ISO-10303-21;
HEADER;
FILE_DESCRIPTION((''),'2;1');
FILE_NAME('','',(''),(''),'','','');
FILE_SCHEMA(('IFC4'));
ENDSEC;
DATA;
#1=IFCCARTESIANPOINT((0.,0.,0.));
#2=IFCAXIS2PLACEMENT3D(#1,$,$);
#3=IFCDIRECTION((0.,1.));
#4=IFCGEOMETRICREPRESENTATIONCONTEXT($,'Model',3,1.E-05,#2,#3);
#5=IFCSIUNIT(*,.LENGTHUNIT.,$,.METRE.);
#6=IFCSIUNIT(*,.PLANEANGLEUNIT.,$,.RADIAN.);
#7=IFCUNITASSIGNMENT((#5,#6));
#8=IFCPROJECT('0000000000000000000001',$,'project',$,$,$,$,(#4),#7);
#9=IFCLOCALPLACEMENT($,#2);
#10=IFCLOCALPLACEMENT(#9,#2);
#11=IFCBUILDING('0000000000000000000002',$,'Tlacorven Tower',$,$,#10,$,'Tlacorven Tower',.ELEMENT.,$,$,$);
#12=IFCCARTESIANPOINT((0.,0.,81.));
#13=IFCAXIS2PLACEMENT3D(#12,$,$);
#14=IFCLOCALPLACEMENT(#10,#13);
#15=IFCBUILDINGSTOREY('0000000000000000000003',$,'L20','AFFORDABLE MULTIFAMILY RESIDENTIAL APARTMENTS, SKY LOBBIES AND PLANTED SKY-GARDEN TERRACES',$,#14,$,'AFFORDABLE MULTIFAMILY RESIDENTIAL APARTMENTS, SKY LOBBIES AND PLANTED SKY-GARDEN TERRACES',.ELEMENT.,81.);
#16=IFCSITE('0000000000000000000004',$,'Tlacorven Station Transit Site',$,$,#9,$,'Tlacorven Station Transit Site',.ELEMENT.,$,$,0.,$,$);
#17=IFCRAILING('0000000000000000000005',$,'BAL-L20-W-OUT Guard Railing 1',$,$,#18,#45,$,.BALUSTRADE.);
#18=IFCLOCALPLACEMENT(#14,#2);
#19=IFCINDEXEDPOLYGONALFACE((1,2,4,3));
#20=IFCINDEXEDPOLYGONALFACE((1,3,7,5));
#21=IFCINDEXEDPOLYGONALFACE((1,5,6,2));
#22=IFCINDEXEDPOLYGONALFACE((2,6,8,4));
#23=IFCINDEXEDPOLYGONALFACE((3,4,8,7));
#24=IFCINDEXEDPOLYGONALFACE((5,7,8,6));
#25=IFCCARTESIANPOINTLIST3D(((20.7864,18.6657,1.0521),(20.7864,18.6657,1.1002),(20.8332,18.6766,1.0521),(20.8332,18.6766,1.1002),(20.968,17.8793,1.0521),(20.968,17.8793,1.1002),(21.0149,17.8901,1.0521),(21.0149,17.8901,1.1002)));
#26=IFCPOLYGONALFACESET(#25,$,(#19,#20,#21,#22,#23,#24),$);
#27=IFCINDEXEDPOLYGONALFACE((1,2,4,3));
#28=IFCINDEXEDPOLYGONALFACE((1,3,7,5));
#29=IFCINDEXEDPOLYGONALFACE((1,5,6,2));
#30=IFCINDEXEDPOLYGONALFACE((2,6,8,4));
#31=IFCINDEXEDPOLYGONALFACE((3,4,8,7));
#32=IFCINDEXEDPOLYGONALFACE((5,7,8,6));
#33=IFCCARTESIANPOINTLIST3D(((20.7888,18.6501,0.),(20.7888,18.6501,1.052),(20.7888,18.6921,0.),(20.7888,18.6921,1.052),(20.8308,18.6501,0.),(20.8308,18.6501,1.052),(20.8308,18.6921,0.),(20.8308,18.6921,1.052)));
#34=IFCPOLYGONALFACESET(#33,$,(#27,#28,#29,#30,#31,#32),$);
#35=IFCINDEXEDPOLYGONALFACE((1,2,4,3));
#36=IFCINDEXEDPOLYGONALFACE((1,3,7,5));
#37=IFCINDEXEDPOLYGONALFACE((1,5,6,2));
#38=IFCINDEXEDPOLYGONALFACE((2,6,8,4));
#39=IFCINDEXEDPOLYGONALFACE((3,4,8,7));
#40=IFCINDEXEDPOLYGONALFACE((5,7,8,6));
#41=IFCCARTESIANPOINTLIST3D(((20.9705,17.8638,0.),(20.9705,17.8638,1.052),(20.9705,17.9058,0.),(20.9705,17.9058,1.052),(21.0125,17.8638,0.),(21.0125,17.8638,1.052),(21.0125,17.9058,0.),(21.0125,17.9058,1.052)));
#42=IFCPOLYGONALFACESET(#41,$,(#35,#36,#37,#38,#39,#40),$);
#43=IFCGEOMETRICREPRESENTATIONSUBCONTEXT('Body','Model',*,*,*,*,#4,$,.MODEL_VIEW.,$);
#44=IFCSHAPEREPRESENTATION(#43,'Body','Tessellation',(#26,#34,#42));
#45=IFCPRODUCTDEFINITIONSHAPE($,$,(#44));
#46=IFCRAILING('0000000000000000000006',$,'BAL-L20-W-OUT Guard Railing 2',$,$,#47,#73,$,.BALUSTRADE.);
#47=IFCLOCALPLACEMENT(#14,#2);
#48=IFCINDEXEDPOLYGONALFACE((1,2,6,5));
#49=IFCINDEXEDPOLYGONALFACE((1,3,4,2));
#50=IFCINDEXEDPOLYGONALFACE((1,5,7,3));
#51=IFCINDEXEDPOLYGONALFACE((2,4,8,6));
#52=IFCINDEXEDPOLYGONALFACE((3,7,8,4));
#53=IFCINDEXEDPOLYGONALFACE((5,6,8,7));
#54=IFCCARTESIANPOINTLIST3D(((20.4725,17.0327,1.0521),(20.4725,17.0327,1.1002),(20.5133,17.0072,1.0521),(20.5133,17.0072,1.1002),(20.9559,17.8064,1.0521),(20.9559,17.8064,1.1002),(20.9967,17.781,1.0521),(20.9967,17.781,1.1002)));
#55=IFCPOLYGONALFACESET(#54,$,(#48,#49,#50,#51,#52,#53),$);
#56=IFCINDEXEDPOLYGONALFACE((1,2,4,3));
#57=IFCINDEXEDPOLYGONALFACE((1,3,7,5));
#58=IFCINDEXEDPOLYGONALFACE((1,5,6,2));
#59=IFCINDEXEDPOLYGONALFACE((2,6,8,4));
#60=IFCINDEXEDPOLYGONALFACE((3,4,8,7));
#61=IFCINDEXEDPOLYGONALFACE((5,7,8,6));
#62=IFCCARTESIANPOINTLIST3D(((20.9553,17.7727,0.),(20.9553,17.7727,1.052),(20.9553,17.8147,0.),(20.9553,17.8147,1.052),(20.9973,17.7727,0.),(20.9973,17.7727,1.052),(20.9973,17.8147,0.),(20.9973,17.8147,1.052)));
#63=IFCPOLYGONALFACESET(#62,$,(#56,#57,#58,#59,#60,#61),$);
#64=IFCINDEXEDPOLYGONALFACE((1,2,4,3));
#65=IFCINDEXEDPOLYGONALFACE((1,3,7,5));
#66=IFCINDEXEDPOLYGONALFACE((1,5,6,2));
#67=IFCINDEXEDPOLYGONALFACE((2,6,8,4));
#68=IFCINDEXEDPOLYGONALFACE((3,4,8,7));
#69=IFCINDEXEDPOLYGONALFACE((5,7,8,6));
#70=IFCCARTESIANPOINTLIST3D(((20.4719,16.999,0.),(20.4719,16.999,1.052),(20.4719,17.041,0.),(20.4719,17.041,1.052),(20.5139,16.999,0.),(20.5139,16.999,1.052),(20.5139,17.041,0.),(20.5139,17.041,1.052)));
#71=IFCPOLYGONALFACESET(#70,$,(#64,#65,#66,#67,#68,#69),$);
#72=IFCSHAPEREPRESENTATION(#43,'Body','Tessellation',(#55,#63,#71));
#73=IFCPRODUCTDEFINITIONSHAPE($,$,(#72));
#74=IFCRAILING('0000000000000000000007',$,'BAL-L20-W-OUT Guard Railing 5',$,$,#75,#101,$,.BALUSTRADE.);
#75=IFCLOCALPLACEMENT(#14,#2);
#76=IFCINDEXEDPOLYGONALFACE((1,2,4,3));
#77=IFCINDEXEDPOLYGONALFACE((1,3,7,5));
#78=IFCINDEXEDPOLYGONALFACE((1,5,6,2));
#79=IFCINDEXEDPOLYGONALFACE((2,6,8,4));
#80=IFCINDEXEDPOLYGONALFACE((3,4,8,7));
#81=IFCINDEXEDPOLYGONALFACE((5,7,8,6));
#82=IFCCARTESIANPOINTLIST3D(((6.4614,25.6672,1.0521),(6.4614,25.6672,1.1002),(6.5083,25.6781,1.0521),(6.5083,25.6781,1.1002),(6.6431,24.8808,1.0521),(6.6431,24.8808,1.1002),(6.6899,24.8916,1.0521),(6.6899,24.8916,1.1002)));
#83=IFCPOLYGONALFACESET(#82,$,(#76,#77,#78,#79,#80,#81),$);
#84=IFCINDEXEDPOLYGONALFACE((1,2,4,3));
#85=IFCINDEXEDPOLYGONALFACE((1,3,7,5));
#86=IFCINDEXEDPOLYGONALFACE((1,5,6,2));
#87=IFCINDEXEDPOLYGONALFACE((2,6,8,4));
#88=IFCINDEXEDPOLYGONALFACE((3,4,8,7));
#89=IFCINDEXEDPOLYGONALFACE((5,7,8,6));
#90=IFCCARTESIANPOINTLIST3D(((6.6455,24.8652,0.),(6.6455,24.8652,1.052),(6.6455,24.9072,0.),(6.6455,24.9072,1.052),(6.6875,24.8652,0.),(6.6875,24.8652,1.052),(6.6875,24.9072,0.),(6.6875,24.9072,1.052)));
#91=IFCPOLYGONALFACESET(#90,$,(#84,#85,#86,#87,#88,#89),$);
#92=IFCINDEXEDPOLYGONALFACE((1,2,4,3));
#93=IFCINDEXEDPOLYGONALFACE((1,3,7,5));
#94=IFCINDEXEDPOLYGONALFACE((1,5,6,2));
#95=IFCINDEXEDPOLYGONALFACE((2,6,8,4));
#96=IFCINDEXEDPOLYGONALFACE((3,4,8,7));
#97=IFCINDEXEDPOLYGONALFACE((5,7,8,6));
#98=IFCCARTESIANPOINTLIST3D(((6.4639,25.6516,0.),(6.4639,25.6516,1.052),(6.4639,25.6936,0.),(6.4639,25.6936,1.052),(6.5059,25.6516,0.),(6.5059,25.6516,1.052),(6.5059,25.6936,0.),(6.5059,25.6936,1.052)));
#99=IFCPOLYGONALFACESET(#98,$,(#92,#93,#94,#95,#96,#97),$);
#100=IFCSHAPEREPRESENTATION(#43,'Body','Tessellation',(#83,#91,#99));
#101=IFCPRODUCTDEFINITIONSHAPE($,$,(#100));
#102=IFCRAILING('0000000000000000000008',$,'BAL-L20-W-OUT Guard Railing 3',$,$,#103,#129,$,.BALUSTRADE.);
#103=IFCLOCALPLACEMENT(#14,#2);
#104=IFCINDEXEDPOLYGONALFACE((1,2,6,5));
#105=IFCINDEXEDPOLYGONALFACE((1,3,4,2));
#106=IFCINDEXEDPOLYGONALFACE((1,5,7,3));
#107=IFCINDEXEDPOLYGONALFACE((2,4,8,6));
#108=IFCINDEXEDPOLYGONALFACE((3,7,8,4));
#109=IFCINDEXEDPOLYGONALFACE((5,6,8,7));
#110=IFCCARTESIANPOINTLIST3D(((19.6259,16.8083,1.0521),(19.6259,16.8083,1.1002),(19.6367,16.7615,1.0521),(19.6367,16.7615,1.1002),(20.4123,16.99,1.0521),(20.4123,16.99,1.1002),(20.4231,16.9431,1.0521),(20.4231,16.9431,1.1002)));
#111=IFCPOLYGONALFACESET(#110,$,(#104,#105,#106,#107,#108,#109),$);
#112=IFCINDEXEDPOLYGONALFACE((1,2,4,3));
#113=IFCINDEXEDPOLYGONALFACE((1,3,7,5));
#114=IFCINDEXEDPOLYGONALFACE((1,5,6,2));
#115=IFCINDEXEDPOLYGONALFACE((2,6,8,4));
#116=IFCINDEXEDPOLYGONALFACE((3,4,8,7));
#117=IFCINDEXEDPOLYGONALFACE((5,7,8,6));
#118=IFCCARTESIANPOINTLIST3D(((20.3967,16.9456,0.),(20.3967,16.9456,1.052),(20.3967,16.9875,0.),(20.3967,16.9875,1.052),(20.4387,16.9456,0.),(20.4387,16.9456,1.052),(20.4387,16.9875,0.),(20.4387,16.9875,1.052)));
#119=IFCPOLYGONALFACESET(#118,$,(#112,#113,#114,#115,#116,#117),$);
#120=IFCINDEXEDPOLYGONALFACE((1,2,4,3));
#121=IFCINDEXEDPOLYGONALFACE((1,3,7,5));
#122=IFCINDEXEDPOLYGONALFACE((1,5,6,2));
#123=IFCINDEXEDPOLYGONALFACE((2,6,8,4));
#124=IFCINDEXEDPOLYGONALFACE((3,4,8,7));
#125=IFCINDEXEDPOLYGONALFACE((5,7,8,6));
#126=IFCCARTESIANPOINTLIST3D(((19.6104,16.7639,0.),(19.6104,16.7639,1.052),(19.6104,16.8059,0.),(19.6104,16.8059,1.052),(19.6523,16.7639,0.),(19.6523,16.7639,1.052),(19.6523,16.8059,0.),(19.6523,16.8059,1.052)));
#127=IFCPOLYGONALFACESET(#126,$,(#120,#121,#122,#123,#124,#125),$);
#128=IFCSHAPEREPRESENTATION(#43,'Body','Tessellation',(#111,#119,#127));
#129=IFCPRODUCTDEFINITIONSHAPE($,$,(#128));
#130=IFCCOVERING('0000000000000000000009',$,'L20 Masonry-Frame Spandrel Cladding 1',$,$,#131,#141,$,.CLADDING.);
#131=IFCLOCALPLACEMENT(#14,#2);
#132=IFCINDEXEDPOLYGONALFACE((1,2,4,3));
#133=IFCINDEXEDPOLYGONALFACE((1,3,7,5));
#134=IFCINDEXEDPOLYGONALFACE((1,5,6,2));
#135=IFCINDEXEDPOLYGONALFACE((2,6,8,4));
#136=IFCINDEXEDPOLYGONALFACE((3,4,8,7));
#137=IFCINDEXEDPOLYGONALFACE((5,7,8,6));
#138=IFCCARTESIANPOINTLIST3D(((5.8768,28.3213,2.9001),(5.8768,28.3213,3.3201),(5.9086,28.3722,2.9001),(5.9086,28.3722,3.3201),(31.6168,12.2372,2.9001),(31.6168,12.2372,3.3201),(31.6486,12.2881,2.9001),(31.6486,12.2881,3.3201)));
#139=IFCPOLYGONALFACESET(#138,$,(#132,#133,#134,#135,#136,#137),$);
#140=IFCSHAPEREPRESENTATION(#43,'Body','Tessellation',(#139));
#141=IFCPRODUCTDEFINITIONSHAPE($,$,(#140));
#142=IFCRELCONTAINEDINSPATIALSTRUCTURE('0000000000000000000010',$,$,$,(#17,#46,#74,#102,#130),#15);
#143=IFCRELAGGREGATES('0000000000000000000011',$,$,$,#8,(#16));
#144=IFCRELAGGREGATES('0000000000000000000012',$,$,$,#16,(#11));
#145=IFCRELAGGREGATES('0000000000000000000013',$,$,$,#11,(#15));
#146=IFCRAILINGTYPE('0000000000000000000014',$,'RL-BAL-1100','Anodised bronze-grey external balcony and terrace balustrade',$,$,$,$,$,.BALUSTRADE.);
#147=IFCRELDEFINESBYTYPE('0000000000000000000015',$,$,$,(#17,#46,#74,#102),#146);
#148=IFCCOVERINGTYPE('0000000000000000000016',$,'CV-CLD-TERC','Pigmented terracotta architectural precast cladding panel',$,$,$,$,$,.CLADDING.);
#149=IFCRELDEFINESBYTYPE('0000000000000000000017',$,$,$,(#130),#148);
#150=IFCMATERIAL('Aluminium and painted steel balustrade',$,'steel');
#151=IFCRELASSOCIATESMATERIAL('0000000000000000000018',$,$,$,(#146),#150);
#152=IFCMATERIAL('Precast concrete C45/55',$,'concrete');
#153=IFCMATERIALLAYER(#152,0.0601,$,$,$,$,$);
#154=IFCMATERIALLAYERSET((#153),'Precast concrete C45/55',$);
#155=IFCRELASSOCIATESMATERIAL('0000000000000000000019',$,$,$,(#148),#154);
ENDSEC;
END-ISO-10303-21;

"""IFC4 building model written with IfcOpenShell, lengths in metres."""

from ifc_helpers import new_model, si_unit, direction, frame, origin, origin_2d, place, context, subcontext, project, spatial, rectangle, extrude, source, transform, mapped, material, layer, layer_set, type_object, element, save


model = new_model("IFC4")

# Units and contexts
model_context = context("Model", 3, precision=1e-05, world=origin(), true_north=direction((0.0, 1.0)))
body_context = subcontext(model_context, "Body", "Model", "MODEL_VIEW")
ifc_project = project(units=[si_unit("LENGTHUNIT", "METRE"), si_unit("PLANEANGLEUNIT", "RADIAN")], contexts=[model_context])

# Site, building, storey
site_placement = place(None, origin())
site = spatial("IfcSite", under=ifc_project, at=site_placement, Name="Tlacorven Station Transit Site", LongName="Tlacorven Station Transit Site", CompositionType="ELEMENT", RefElevation=0.0)
building_placement = place(site_placement, origin())
building = spatial("IfcBuilding", under=site, at=building_placement, Name="Tlacorven Tower", LongName="Tlacorven Tower", CompositionType="ELEMENT")
storey_placement = place(building_placement, frame((0.0, 0.0, 81.0)))
storey = spatial("IfcBuildingStorey", under=building, at=storey_placement, Name="L20", Description="AFFORDABLE MULTIFAMILY RESIDENTIAL APARTMENTS, SKY LOBBIES AND PLANTED SKY-GARDEN TERRACES", LongName="AFFORDABLE MULTIFAMILY RESIDENTIAL APARTMENTS, SKY LOBBIES AND PLANTED SKY-GARDEN TERRACES", CompositionType="ELEMENT", Elevation=81.0)

# Shared definitions
ifc_material_1 = material(Name="Precast concrete C45/55", Category="concrete")

# Railings
ifc_material_2 = material(Name="Aluminium and painted steel balustrade", Category="steel")
railing_type_1 = type_object("IfcRailingType", Name="RL-BAL-1100", Description="Anodised bronze-grey external balcony and terrace balustrade", PredefinedType="BALUSTRADE", material=ifc_material_2)
shared_shape_1 = source(origin(), body_context, "Body", "SweptSolid", [
    extrude(rectangle(XDim=0.0481, YDim=0.0481, at=origin_2d()), frame((0.0, 0.0, 1.0762), z_axis=(0.225058, -0.974345, 0.0), x_axis=(0.974345, 0.225058, 0.0)), (0.0, 0.0, 1.0), 0.8071),
    extrude(rectangle(XDim=0.042, YDim=0.042, at=origin_2d()), origin(), (0.0, 0.0, 1.0), 1.052),
    extrude(rectangle(XDim=0.042, YDim=0.042, at=origin_2d()), frame((0.1816, -0.7864, 0.0)), (0.0, 0.0, 1.0), 1.052),
])
railing_1_placement = place(storey_placement, frame((20.8098, 18.6711, 0.0)))
element("IfcRailing", 1, at=railing_1_placement, inside=storey, type_object=railing_type_1, Name="BAL-L20-W-OUT Guard Railing 1", PredefinedType="BALUSTRADE", context=body_context, shape_type="MappedRepresentation", body=[
    mapped(shared_shape_1, transform((0.0, 0.0, 0.0), scale=1.0)),
])
shared_shape_2 = source(origin(), body_context, "Body", "SweptSolid", [
    extrude(rectangle(XDim=0.0481, YDim=0.0481, at=origin_2d()), frame((0.0, 0.0, 1.0762), z_axis=(-0.529879, -0.848073, 0.0), x_axis=(0.848073, -0.529879, 0.0)), (0.0, 0.0, 1.0), 0.9124),
    extrude(rectangle(XDim=0.042, YDim=0.042, at=origin_2d()), origin(), (0.0, 0.0, 1.0), 1.052),
    extrude(rectangle(XDim=0.042, YDim=0.042, at=origin_2d()), frame((-0.4834, -0.7737, 0.0)), (0.0, 0.0, 1.0), 1.052),
])
railing_2_placement = place(storey_placement, frame((20.9763, 17.7937, 0.0)))
element("IfcRailing", 2, at=railing_2_placement, inside=storey, type_object=railing_type_1, Name="BAL-L20-W-OUT Guard Railing 2", PredefinedType="BALUSTRADE", context=body_context, shape_type="MappedRepresentation", body=[
    mapped(shared_shape_2, transform((0.0, 0.0, 0.0), scale=1.0)),
])
shared_shape_3 = source(origin(), body_context, "Body", "SweptSolid", [
    extrude(rectangle(XDim=0.0481, YDim=0.0481, at=origin_2d()), frame((0.0, 0.0, 1.0762), z_axis=(-0.225058, 0.974345, 0.0), x_axis=(-0.974345, -0.225058, 0.0)), (0.0, 0.0, 1.0), 0.8071),
    extrude(rectangle(XDim=0.042, YDim=0.042, at=origin_2d()), origin(), (0.0, 0.0, 1.0), 1.052),
    extrude(rectangle(XDim=0.042, YDim=0.042, at=origin_2d()), frame((-0.1816, 0.7864, 0.0)), (0.0, 0.0, 1.0), 1.052),
])
railing_3_placement = place(storey_placement, frame((6.6665, 24.8862, 0.0)))
element("IfcRailing", 3, at=railing_3_placement, inside=storey, type_object=railing_type_1, Name="BAL-L20-W-OUT Guard Railing 5", PredefinedType="BALUSTRADE", context=body_context, shape_type="MappedRepresentation", body=[
    mapped(shared_shape_3, transform((0.0, 0.0, 0.0), scale=1.0)),
])
shared_shape_4 = source(origin(), body_context, "Body", "SweptSolid", [
    extrude(rectangle(XDim=0.0481, YDim=0.0481, at=origin_2d()), frame((0.0, 0.0, 1.0762), z_axis=(-0.974345, -0.225058, 0.0), x_axis=(0.225058, -0.974345, 0.0)), (0.0, 0.0, 1.0), 0.8071),
    extrude(rectangle(XDim=0.042, YDim=0.042, at=origin_2d()), origin(), (0.0, 0.0, 1.0), 1.052),
    extrude(rectangle(XDim=0.042, YDim=0.042, at=origin_2d()), frame((-0.7864, -0.1816, 0.0)), (0.0, 0.0, 1.0), 1.052),
])
railing_4_placement = place(storey_placement, frame((20.4177, 16.9666, 0.0)))
element("IfcRailing", 4, at=railing_4_placement, inside=storey, type_object=railing_type_1, Name="BAL-L20-W-OUT Guard Railing 3", PredefinedType="BALUSTRADE", context=body_context, shape_type="MappedRepresentation", body=[
    mapped(shared_shape_4, transform((0.0, 0.0, 0.0), scale=1.0)),
])

# Covering
ifc_layer_1 = layer(ifc_material_1, 0.0601)
ifc_layer_set_1 = layer_set([ifc_layer_1], Name="Precast concrete C45/55")
covering_type = type_object("IfcCoveringType", Name="CV-CLD-TERC", Description="Pigmented terracotta architectural precast cladding panel", PredefinedType="CLADDING", material=ifc_layer_set_1)
shared_shape_5 = source(origin(), body_context, "Body", "SweptSolid", [
    extrude(rectangle(XDim=30.3521, YDim=0.0601, at=origin_2d()), origin(), (0.0, 0.0, 1.0), 0.4199),
])
covering_placement = place(storey_placement, frame((18.7627, 20.3047, 2.9001), z_axis=(0.0, 0.0, 1.0), x_axis=(-0.848048, 0.529919, 0.0)))
element("IfcCovering", 5, at=covering_placement, inside=storey, type_object=covering_type, Name="L20 Masonry-Frame Spandrel Cladding 1", PredefinedType="CLADDING", context=body_context, shape_type="MappedRepresentation", body=[
    mapped(shared_shape_5, transform((0.0, 0.0, 0.0), scale=1.0)),
])

save(model, "model.ifc")
